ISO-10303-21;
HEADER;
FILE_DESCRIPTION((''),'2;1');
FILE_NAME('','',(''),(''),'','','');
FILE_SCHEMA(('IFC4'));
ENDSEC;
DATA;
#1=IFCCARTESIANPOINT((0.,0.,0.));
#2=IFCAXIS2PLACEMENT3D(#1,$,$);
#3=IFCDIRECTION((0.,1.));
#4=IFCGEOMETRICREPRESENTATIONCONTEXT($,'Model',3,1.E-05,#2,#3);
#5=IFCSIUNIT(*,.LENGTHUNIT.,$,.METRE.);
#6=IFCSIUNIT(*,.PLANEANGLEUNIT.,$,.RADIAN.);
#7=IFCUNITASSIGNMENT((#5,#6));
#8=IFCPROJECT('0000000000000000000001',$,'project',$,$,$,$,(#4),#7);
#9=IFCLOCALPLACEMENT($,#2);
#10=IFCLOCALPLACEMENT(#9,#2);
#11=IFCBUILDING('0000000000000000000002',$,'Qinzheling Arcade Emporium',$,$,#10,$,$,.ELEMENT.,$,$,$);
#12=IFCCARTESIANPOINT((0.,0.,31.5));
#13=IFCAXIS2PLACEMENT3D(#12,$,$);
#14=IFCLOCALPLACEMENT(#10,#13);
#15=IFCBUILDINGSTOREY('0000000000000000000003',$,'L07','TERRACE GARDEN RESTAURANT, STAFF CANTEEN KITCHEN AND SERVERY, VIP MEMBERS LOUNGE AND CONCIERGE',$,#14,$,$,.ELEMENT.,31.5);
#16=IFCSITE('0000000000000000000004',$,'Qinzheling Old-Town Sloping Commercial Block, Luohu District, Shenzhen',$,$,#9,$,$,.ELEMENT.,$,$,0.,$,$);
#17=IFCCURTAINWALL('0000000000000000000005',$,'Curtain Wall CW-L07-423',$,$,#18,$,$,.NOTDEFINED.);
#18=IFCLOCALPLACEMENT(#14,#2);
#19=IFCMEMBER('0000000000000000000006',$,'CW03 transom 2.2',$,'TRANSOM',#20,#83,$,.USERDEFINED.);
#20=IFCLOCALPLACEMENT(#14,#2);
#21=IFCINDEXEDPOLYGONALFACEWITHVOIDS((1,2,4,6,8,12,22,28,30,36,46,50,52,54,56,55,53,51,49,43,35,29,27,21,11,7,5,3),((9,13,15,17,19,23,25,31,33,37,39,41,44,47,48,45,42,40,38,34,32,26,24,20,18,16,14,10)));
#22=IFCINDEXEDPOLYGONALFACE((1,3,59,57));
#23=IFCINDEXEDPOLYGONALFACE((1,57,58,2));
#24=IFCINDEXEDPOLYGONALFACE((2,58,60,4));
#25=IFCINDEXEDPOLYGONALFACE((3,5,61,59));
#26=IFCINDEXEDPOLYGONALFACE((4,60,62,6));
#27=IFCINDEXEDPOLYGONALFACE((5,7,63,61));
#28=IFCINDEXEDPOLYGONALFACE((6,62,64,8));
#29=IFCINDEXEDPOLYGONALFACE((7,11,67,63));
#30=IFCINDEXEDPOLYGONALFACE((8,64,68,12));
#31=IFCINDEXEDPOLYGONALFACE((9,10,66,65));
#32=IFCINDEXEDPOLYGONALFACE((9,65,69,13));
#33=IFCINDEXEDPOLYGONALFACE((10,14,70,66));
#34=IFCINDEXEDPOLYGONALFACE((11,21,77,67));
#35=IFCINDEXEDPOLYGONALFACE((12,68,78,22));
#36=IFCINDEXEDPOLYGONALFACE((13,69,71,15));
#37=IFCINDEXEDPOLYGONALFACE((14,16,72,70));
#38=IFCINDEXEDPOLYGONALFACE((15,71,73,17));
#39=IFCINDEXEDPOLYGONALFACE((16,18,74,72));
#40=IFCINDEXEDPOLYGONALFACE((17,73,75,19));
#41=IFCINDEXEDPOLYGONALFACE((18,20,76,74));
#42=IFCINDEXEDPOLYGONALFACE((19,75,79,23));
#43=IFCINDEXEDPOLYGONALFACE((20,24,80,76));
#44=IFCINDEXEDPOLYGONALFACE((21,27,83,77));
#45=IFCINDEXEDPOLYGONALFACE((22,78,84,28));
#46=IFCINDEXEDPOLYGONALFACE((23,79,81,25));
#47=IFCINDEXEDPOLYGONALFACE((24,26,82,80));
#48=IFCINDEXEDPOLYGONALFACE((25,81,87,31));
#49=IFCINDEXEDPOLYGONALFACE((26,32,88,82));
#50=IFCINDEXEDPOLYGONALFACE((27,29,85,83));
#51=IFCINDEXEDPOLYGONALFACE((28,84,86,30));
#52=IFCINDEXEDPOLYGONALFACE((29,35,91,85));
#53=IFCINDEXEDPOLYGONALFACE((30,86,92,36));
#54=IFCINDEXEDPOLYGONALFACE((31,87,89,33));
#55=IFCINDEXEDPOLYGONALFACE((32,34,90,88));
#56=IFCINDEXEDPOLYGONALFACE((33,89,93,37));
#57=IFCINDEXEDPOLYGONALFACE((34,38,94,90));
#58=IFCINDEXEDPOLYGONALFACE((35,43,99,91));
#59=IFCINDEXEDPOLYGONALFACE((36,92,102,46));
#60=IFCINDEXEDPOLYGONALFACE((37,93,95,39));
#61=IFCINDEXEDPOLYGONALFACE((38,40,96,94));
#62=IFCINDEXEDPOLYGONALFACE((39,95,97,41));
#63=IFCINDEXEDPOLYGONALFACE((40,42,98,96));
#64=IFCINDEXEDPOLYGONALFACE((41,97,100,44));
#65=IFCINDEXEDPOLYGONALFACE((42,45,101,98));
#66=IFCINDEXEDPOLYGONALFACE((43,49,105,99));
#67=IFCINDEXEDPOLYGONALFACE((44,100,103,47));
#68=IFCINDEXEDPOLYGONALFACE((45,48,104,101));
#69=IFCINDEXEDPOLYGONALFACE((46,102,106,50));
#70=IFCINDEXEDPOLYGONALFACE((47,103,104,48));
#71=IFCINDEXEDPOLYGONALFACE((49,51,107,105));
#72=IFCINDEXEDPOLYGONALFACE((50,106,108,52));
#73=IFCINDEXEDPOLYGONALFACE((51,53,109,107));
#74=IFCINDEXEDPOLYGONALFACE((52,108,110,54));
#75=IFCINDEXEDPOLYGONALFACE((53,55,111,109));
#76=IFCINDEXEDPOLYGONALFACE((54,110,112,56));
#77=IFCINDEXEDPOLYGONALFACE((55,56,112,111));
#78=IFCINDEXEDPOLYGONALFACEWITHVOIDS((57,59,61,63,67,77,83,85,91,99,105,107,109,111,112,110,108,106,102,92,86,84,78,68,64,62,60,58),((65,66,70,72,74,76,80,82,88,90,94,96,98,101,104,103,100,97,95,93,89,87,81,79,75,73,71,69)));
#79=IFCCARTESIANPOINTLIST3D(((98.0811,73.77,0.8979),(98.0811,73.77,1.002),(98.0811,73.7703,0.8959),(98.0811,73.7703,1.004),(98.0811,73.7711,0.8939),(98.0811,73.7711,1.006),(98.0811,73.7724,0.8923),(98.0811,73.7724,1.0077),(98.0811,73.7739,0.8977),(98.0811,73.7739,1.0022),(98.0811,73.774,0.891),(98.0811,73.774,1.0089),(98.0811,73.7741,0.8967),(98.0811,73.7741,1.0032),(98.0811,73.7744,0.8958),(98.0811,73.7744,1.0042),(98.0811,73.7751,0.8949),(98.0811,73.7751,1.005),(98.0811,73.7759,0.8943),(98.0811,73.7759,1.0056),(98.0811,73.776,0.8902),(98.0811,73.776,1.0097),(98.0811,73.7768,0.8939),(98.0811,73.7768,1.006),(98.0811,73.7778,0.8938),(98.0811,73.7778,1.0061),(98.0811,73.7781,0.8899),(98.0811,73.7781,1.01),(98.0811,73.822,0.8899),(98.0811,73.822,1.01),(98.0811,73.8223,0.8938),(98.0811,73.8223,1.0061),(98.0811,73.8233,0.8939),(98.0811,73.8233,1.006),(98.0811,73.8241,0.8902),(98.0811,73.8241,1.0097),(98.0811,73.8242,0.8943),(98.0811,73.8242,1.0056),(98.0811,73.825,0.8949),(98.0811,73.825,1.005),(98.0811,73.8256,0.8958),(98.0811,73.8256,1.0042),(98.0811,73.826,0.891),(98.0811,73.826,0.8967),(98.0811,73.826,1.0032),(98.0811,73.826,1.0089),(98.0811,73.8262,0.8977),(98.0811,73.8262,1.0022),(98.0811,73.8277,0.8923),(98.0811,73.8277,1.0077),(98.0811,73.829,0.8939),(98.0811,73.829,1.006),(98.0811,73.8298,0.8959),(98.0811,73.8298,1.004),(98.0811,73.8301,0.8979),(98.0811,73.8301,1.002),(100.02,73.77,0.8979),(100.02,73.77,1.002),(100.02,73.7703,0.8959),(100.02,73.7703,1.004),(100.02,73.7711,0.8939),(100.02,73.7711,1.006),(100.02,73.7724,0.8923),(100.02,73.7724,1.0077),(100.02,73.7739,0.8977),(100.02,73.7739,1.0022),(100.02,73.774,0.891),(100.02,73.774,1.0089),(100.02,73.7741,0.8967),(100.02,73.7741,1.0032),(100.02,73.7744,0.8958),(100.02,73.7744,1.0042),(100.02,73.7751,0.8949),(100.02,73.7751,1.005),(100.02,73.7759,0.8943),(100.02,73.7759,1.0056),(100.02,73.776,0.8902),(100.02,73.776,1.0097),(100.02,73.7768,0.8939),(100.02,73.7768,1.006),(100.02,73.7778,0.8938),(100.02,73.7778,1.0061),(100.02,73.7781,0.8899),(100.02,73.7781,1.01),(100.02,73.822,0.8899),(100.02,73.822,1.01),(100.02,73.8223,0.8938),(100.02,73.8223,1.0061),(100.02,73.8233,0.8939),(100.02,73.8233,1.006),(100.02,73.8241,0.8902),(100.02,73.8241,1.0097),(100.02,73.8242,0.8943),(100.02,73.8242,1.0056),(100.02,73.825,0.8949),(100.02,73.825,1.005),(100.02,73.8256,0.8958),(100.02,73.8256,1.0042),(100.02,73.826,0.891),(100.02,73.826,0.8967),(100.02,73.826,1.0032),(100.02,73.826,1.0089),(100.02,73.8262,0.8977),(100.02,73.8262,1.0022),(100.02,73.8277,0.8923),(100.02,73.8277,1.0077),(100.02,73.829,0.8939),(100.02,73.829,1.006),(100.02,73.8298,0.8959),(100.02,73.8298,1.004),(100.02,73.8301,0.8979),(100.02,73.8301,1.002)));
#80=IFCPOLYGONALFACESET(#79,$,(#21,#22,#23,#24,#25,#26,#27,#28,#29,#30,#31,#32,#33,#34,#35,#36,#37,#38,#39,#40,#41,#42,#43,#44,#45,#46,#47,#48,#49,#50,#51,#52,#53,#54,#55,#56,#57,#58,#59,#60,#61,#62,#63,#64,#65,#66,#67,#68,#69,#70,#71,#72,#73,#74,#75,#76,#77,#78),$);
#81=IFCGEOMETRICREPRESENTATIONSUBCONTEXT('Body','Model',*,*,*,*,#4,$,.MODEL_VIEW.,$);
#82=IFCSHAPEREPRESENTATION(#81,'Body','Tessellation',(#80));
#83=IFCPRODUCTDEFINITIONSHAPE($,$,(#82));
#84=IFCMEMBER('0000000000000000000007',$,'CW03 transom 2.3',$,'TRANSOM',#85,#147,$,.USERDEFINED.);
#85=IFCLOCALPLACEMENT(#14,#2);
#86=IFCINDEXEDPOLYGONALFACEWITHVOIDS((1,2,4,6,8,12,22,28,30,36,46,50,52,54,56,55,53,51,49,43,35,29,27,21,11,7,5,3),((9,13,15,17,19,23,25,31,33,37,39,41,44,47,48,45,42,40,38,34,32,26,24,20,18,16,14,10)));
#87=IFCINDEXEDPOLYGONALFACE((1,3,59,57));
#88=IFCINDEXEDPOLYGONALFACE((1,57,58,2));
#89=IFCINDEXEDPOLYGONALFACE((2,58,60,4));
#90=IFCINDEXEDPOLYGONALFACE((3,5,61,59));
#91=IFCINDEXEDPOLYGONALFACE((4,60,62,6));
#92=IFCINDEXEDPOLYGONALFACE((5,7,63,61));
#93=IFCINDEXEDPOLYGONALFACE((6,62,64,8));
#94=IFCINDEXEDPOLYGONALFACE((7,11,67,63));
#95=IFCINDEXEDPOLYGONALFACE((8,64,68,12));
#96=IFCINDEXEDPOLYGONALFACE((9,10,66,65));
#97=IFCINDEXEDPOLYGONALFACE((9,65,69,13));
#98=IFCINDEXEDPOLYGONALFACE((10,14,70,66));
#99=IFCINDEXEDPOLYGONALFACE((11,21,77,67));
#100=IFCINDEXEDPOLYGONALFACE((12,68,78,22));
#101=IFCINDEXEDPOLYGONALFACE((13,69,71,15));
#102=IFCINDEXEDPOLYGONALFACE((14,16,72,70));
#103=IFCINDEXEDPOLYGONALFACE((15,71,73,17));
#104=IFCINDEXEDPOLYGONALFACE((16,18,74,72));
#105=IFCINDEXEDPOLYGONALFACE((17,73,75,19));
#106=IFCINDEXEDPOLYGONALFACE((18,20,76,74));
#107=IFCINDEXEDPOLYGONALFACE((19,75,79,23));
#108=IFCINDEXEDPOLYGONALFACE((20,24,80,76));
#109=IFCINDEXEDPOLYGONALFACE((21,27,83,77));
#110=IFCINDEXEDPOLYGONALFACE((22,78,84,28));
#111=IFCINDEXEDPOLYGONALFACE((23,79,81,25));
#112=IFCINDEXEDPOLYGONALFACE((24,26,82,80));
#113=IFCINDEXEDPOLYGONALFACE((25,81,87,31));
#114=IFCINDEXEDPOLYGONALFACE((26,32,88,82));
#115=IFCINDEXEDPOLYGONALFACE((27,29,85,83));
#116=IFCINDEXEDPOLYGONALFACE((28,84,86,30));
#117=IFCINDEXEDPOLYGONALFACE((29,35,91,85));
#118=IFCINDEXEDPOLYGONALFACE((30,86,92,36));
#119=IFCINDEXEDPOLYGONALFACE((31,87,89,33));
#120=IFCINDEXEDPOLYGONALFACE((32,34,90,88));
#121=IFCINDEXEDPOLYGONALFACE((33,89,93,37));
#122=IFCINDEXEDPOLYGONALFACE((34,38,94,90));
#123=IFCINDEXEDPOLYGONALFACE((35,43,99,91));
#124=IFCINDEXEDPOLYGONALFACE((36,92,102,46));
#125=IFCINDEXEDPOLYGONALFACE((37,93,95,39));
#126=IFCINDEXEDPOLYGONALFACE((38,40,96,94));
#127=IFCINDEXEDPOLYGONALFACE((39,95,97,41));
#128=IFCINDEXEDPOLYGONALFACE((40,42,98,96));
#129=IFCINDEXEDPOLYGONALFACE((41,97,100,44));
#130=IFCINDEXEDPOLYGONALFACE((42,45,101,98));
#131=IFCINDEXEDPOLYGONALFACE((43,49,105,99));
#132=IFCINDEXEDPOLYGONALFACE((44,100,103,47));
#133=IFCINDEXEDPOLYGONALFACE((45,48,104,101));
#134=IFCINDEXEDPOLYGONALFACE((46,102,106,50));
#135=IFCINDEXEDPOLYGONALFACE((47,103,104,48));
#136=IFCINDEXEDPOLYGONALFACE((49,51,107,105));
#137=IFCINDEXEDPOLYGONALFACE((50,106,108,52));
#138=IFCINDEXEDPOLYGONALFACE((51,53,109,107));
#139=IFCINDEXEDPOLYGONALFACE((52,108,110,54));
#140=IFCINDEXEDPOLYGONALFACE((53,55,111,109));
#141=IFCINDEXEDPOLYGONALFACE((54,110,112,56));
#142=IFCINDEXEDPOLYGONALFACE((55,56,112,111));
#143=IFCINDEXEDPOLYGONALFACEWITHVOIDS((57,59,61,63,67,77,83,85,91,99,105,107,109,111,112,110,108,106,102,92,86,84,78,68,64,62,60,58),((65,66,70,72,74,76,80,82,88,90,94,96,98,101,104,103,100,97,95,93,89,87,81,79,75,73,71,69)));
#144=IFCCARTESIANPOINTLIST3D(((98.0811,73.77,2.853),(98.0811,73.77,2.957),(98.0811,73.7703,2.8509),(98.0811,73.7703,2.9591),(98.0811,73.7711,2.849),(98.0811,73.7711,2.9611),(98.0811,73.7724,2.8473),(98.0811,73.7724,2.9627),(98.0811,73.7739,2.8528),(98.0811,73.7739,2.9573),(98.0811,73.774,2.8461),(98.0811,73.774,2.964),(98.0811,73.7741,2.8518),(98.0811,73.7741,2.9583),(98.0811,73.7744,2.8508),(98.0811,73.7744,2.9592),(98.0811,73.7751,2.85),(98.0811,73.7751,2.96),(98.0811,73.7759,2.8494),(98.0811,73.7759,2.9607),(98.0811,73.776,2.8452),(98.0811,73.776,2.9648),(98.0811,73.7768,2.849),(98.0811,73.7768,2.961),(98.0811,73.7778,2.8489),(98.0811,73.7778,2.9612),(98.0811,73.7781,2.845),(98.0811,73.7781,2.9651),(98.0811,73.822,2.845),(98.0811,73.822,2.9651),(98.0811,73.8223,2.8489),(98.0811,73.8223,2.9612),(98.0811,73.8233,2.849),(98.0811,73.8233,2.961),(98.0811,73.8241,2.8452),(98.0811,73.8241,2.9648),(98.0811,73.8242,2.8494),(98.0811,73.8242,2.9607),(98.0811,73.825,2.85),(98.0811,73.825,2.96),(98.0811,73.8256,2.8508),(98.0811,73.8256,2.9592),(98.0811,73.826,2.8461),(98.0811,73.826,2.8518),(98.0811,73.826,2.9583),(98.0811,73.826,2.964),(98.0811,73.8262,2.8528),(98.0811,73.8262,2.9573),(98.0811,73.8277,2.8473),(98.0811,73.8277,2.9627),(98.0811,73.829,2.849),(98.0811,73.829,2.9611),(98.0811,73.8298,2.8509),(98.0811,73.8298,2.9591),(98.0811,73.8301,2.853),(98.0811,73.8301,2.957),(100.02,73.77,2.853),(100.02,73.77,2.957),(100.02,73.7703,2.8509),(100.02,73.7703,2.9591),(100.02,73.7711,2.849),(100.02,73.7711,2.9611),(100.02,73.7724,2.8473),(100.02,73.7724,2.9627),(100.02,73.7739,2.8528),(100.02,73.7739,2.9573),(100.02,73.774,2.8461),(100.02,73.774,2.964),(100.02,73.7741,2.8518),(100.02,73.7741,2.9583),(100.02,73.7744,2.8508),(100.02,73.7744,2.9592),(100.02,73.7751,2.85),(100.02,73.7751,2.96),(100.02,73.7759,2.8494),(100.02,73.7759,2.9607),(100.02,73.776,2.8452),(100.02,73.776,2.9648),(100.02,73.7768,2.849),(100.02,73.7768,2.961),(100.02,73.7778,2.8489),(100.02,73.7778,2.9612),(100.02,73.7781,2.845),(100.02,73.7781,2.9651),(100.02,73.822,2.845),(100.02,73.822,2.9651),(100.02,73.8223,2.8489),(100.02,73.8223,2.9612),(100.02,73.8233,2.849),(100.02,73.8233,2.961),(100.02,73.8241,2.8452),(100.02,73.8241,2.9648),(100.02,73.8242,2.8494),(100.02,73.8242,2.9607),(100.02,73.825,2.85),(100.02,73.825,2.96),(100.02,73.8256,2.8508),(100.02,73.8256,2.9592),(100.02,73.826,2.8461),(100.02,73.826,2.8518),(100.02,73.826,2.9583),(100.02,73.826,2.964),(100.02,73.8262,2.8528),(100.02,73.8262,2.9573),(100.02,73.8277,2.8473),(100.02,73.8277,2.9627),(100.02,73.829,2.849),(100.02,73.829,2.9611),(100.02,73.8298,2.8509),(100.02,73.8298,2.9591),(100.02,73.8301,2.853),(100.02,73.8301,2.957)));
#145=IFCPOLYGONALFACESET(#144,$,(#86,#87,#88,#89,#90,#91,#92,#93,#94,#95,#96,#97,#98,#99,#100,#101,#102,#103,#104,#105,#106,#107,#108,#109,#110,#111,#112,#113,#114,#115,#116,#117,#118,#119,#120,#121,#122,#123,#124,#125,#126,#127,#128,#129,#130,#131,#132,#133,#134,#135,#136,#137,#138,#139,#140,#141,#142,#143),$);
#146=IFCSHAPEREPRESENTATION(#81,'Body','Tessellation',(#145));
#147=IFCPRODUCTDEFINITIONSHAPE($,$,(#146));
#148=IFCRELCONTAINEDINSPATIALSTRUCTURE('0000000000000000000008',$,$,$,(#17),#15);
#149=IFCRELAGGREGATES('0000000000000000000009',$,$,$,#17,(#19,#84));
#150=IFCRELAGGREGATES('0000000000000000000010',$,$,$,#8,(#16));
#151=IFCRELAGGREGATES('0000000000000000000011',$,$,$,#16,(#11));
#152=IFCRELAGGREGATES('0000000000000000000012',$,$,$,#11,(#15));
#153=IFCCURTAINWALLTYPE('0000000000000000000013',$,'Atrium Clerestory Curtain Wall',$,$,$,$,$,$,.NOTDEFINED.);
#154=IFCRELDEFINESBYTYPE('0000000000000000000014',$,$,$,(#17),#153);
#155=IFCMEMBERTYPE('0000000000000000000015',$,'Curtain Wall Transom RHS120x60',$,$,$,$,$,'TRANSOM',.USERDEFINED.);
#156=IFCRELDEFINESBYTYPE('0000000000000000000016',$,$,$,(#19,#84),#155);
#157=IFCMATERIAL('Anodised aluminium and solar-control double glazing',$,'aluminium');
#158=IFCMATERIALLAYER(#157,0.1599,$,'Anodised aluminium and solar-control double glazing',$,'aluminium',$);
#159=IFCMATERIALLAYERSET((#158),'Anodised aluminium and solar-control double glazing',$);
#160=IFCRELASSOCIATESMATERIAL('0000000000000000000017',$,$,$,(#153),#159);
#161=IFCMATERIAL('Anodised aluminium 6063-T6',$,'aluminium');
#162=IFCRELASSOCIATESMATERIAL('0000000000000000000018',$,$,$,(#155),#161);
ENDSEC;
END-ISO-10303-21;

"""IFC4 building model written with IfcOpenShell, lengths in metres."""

from ifc_helpers import new_model, si_unit, direction, frame, origin, origin_2d, place, context, subcontext, project, spatial, hollow_rectangle, extrude, material, layer, layer_set, material_profile, profile_set, type_object, element, aggregate, save


model = new_model("IFC4")

# Units and contexts
model_context = context("Model", 3, precision=1e-05, world=origin(), true_north=direction((0.0, 1.0)))
body_context = subcontext(model_context, "Body", "Model", "MODEL_VIEW")
ifc_project = project(units=[si_unit("LENGTHUNIT", "METRE"), si_unit("PLANEANGLEUNIT", "RADIAN")], contexts=[model_context])

# Site, building, storey
site_placement = place(None, origin())
site = spatial("IfcSite", under=ifc_project, at=site_placement, Name="Qinzheling Old-Town Sloping Commercial Block, Luohu District, Shenzhen", CompositionType="ELEMENT", RefElevation=0.0)
building_placement = place(site_placement, origin())
building = spatial("IfcBuilding", under=site, at=building_placement, Name="Qinzheling Arcade Emporium", CompositionType="ELEMENT")
storey_placement = place(building_placement, frame((0.0, 0.0, 31.5)))
storey = spatial("IfcBuildingStorey", under=building, at=storey_placement, Name="L07", Description="TERRACE GARDEN RESTAURANT, STAFF CANTEEN KITCHEN AND SERVERY, VIP MEMBERS LOUNGE AND CONCIERGE", CompositionType="ELEMENT", Elevation=31.5)

# Curtain wall, members
ifc_material_1 = material(Name="Anodised aluminium and solar-control double glazing", Category="aluminium")
ifc_layer_1 = layer(ifc_material_1, 0.1599, Name="Anodised aluminium and solar-control double glazing", Category="aluminium")
ifc_layer_set_1 = layer_set([ifc_layer_1], Name="Anodised aluminium and solar-control double glazing")
curtain_wall_type = type_object("IfcCurtainWallType", Name="Atrium Clerestory Curtain Wall", PredefinedType="NOTDEFINED", material=ifc_layer_set_1)
curtain_wall_placement = place(storey_placement, origin())
curtain_wall = element("IfcCurtainWall", 1, at=curtain_wall_placement, inside=storey, type_object=curtain_wall_type, Name="Curtain Wall CW-L07-423", PredefinedType="NOTDEFINED")
ifc_material_2 = material(Name="Anodised aluminium 6063-T6", Category="aluminium")
ifc_material_profile_1 = material_profile(ifc_material_2, hollow_rectangle(XDim=0.0601, YDim=0.1201, WallThickness=0.0039, InnerFilletRadius=0.0039, OuterFilletRadius=0.0081, at=origin_2d()), Name="RHS 120x60x4", Category="aluminium")
ifc_profile_set_1 = profile_set([ifc_material_profile_1], Name="Anodised aluminium 6063-T6")
member_type_1 = type_object("IfcMemberType", Name="Curtain Wall Transom RHS120x60", ElementType="TRANSOM", PredefinedType="USERDEFINED", material=ifc_profile_set_1)
member_1_placement = place(storey_placement, frame((98.0811, 73.8, 0.95), z_axis=(1.0, 0.0, 0.0), x_axis=(0.0, 1.0, 0.0)))
member_1 = element("IfcMember", 2, at=member_1_placement, type_object=member_type_1, Name="CW03 transom 2.2", ObjectType="TRANSOM", PredefinedType="USERDEFINED", context=body_context, shape_type="SweptSolid", body=[
    extrude(hollow_rectangle(XDim=0.0601, YDim=0.1201, WallThickness=0.0039, InnerFilletRadius=0.0039, OuterFilletRadius=0.0081, at=origin_2d()), origin(), (0.0, 0.0, 1.0), 1.939),
])
member_2_placement = place(storey_placement, frame((98.0811, 73.8, 2.905), z_axis=(1.0, 0.0, 0.0), x_axis=(0.0, 1.0, 0.0)))
member_2 = element("IfcMember", 3, at=member_2_placement, type_object=member_type_1, Name="CW03 transom 2.3", ObjectType="TRANSOM", PredefinedType="USERDEFINED", context=body_context, shape_type="SweptSolid", body=[
    extrude(hollow_rectangle(XDim=0.0601, YDim=0.1201, WallThickness=0.0039, InnerFilletRadius=0.0039, OuterFilletRadius=0.0081, at=origin_2d()), origin(), (0.0, 0.0, 1.0), 1.939),
])
aggregate(curtain_wall, [member_1, member_2])

save(model, "model.ifc")
